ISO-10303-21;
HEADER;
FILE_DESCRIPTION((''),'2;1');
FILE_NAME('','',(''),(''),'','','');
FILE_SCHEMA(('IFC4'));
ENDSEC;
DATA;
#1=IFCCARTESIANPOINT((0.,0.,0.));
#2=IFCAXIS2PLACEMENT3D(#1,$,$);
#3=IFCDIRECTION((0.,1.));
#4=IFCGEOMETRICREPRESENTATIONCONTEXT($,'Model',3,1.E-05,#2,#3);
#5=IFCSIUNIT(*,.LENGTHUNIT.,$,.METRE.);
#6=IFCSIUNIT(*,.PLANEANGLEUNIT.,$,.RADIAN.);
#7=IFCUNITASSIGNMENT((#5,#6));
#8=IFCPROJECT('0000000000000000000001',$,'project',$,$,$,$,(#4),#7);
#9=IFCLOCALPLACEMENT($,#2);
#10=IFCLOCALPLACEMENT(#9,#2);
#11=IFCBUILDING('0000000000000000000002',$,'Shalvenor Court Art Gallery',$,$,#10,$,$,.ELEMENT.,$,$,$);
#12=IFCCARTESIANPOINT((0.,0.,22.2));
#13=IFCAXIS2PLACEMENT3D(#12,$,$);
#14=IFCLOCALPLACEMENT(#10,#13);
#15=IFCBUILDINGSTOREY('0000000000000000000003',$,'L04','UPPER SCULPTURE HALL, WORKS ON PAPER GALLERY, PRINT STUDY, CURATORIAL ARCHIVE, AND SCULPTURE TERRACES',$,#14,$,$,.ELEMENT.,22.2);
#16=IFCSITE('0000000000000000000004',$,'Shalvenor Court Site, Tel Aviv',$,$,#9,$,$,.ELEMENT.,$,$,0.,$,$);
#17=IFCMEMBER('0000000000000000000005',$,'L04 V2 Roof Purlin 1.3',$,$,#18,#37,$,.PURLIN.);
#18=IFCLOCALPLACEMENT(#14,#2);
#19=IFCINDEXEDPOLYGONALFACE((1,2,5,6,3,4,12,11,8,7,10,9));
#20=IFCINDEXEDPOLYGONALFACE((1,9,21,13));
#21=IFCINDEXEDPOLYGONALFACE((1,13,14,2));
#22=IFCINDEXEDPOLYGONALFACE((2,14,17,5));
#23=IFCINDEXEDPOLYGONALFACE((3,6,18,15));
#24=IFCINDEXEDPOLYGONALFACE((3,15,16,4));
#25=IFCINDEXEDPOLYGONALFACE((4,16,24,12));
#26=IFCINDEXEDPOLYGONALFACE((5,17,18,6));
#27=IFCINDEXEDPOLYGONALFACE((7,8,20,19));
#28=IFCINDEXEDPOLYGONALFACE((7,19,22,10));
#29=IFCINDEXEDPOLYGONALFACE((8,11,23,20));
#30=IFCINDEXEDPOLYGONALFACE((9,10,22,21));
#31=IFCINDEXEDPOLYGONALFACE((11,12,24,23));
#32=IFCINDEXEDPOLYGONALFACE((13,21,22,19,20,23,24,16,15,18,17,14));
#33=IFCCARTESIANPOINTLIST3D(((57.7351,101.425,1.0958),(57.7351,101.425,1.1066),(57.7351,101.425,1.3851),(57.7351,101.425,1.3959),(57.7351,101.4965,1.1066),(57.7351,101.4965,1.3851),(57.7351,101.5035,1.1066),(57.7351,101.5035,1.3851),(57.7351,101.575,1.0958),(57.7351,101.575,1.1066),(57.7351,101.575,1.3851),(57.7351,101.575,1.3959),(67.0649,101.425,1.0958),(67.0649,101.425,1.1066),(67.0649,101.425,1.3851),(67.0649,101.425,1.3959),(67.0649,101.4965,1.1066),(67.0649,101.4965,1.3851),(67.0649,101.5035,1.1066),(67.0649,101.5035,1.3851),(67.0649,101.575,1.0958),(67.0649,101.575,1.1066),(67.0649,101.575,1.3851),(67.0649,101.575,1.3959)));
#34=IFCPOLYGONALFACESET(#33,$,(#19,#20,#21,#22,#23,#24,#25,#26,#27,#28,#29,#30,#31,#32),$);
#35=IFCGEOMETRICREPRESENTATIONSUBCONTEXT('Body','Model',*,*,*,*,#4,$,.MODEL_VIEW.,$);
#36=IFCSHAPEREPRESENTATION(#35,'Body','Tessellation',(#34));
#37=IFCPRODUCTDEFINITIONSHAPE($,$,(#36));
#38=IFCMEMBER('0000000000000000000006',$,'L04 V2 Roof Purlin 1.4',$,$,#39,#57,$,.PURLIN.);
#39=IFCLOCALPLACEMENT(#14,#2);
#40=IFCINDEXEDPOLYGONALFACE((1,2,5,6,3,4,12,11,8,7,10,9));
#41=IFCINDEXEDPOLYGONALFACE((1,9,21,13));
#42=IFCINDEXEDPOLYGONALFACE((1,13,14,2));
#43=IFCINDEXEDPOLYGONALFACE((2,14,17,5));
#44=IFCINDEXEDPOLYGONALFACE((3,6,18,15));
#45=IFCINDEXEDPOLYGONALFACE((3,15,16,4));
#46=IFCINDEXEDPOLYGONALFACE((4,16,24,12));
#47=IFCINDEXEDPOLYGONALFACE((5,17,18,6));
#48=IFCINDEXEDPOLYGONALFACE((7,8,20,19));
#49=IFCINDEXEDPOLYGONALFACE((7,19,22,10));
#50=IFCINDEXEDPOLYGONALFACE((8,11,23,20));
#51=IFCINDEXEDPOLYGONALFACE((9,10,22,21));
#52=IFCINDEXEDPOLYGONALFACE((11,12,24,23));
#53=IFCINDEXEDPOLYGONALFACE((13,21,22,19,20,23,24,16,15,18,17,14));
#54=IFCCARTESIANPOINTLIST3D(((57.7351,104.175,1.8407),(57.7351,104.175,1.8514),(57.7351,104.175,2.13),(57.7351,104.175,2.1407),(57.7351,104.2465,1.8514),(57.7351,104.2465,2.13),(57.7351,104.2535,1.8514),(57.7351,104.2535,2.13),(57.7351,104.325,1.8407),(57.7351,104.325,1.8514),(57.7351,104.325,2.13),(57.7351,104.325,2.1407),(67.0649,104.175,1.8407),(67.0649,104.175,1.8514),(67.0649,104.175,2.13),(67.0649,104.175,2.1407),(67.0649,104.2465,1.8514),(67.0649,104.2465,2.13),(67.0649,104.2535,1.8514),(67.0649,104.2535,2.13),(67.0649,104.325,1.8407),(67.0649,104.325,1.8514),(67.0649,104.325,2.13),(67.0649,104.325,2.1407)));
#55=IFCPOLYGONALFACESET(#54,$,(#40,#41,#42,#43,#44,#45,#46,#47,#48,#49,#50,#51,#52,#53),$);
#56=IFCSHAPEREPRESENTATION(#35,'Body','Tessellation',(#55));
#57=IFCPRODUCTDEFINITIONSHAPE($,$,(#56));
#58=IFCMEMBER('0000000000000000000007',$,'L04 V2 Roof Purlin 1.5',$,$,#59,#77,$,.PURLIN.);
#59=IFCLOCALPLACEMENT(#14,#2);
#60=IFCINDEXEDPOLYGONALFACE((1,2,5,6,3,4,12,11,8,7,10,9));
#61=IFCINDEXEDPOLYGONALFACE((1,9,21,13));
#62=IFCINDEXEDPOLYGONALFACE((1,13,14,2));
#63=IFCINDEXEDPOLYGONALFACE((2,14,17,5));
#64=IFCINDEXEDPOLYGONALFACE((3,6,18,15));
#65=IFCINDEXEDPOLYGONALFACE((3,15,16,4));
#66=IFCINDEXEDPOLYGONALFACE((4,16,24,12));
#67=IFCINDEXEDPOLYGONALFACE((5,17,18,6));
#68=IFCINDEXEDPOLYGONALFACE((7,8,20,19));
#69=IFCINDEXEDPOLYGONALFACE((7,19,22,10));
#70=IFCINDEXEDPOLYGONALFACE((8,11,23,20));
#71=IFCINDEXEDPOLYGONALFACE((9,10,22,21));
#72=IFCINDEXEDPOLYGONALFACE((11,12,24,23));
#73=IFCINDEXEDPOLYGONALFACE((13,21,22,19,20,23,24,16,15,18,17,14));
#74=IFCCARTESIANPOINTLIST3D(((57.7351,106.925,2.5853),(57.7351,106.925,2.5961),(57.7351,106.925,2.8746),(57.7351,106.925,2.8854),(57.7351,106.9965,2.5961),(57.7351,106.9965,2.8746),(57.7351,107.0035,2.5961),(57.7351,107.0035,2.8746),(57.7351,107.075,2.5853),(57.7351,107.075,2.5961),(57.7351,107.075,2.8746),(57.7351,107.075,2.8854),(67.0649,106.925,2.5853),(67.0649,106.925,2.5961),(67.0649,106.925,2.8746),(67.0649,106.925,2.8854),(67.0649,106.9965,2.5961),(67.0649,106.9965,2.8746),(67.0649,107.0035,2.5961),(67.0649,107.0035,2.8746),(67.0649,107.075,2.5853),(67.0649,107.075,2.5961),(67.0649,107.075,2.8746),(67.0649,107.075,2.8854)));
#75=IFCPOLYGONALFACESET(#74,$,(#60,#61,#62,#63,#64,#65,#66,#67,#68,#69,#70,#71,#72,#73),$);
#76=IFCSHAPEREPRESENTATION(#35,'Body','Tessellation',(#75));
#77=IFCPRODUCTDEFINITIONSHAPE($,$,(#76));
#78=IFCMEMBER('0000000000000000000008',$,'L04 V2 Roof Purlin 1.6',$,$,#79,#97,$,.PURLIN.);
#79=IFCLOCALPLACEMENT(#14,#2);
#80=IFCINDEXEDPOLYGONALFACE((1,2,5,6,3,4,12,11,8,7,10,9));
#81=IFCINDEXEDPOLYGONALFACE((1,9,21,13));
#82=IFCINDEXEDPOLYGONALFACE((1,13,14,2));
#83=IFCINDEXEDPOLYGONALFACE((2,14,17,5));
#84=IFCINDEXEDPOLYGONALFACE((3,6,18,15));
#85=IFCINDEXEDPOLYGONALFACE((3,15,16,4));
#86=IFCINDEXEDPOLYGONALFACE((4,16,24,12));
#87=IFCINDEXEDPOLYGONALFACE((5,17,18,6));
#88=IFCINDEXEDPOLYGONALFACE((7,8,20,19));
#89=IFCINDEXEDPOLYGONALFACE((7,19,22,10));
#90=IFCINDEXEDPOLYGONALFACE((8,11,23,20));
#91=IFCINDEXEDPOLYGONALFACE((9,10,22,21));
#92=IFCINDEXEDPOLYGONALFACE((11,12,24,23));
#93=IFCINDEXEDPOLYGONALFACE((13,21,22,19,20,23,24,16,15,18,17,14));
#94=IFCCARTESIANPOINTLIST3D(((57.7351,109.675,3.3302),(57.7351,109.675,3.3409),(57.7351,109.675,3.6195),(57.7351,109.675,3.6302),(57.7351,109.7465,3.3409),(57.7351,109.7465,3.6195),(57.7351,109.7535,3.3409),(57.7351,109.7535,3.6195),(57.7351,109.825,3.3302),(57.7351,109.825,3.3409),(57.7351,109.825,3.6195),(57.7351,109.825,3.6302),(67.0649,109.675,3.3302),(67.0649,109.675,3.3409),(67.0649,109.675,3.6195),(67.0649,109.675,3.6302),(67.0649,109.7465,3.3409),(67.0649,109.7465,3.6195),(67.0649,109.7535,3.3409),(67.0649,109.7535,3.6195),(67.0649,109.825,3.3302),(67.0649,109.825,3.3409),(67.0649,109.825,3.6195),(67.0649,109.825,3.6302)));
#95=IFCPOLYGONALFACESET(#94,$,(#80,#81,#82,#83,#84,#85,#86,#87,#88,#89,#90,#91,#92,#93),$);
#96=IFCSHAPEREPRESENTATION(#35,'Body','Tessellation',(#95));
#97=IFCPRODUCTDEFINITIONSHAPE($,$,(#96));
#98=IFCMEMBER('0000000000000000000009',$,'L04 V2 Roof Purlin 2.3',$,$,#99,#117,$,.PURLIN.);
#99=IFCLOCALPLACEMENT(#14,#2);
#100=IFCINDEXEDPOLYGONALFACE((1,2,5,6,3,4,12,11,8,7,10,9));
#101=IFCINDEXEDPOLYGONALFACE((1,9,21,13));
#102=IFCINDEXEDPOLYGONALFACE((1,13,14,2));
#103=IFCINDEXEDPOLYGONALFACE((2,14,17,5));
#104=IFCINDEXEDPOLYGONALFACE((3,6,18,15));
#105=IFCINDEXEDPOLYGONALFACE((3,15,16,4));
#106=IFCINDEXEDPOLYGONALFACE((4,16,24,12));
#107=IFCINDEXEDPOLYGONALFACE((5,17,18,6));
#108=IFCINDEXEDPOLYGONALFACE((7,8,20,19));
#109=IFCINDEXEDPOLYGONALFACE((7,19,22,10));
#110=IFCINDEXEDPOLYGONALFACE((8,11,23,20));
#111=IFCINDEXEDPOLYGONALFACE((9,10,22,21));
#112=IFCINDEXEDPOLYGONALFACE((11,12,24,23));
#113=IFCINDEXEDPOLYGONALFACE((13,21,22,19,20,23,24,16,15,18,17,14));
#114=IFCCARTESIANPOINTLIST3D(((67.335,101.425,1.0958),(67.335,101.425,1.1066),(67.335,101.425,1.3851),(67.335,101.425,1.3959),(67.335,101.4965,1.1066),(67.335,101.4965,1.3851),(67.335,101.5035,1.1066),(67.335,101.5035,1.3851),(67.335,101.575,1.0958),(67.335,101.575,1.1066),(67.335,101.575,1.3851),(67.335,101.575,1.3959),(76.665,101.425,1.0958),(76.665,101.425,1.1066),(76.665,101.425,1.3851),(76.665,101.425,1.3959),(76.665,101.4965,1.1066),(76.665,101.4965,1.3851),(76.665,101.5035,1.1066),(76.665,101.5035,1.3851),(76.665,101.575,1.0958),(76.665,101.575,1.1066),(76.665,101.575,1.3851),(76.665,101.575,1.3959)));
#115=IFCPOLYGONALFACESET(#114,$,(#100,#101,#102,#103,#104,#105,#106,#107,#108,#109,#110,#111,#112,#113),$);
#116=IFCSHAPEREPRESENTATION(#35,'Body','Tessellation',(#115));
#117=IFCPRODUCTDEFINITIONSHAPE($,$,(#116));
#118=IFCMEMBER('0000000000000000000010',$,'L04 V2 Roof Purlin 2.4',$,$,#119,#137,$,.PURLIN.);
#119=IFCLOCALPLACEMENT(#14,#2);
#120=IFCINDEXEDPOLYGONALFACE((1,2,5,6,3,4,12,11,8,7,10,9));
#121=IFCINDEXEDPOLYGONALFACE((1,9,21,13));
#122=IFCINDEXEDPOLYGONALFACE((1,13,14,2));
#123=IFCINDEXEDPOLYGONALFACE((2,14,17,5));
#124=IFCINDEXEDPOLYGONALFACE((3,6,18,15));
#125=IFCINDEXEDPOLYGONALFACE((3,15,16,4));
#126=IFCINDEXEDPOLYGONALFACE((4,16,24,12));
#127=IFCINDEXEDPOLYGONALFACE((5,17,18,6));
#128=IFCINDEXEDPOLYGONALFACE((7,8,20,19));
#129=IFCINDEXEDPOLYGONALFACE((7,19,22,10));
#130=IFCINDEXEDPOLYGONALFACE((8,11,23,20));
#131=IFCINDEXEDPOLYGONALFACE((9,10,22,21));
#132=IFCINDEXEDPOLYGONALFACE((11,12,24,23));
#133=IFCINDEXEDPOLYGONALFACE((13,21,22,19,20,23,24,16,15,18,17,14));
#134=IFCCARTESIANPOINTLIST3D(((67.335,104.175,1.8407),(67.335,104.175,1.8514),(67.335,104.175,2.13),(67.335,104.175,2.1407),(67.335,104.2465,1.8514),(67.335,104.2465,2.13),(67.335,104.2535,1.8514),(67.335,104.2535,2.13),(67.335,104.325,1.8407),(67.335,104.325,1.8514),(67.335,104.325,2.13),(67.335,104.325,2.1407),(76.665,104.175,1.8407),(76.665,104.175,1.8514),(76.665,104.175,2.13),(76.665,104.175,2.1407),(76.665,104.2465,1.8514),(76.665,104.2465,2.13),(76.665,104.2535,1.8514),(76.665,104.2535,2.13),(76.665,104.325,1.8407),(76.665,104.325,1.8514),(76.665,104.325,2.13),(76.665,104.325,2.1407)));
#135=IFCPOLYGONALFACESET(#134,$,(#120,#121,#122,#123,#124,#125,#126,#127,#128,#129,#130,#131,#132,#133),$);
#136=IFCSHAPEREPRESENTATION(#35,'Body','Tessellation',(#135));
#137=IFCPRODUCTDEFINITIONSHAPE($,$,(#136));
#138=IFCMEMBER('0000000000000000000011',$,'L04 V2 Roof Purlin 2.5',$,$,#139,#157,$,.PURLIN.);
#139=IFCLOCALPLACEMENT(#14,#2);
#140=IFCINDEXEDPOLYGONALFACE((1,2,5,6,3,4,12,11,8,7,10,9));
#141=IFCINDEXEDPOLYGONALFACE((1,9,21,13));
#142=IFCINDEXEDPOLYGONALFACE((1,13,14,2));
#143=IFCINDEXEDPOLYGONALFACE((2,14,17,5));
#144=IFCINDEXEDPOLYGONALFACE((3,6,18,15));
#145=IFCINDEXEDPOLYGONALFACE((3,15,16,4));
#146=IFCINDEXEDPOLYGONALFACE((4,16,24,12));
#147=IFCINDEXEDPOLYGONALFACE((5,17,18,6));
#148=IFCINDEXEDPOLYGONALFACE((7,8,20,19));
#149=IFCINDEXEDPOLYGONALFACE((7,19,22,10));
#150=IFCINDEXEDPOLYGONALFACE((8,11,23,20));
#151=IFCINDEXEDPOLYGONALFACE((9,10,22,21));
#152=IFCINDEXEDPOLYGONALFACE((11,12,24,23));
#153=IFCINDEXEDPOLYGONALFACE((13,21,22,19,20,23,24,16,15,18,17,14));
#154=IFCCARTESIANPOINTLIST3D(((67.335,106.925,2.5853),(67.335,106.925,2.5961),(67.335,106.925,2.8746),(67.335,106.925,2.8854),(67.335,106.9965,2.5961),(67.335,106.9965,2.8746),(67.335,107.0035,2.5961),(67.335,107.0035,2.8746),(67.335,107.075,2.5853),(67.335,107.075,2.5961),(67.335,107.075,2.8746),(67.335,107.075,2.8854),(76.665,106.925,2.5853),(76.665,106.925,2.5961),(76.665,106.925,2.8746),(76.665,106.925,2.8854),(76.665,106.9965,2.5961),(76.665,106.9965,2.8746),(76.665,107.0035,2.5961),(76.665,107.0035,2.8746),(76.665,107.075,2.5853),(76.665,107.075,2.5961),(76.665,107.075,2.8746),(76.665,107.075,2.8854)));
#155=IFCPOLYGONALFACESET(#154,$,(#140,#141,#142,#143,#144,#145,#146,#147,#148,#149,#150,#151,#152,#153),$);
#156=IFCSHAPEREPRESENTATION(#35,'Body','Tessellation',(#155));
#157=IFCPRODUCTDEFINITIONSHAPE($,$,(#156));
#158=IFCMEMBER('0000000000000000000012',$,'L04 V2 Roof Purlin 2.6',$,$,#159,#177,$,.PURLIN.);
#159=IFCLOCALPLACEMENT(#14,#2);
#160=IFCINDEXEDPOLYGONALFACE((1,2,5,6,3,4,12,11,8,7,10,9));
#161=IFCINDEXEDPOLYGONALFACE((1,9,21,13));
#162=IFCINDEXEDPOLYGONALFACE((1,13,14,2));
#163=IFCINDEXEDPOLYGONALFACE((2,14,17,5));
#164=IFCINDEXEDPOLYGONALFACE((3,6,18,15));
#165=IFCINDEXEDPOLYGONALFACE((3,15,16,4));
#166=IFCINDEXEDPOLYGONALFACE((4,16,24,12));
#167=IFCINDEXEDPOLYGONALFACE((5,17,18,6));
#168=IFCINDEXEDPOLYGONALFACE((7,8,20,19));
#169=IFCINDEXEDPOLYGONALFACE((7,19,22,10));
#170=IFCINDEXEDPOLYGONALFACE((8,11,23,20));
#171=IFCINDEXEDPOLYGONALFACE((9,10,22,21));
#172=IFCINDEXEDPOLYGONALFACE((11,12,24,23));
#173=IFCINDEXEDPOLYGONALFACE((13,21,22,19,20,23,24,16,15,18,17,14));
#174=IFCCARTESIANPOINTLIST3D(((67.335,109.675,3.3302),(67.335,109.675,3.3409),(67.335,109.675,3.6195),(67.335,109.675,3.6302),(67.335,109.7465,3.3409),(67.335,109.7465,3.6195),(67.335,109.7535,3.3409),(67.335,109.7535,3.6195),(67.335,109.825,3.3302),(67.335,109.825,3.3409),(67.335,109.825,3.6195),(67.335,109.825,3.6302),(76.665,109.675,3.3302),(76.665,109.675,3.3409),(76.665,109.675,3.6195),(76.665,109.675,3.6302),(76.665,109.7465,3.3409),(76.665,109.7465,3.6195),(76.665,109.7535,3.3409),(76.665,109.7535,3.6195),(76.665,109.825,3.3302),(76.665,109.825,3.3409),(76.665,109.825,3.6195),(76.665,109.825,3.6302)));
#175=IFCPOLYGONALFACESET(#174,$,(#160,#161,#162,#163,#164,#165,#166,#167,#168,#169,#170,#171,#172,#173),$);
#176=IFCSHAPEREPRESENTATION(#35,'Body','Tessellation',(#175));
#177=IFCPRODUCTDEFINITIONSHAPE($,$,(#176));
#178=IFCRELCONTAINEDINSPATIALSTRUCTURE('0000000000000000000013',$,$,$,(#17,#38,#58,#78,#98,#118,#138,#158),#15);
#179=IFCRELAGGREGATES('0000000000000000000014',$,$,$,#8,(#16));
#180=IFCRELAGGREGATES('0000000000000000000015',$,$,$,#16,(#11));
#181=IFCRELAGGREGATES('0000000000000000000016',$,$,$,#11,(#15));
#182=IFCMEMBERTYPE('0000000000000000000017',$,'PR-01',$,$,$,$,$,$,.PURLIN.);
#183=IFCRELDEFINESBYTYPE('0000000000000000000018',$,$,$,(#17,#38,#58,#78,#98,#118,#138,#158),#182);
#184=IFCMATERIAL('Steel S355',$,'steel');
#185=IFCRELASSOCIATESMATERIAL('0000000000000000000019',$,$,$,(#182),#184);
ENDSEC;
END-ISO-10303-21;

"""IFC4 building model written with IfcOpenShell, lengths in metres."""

from ifc_helpers import new_model, si_unit, direction, frame, origin, origin_2d, place, context, subcontext, project, spatial, i_section, extrude, material, material_profile, profile_set, type_object, element, save


model = new_model("IFC4")

# Units and contexts
model_context = context("Model", 3, precision=1e-05, world=origin(), true_north=direction((0.0, 1.0)))
body_context = subcontext(model_context, "Body", "Model", "MODEL_VIEW")
ifc_project = project(units=[si_unit("LENGTHUNIT", "METRE"), si_unit("PLANEANGLEUNIT", "RADIAN")], contexts=[model_context])

# Site, building, storey
site_placement = place(None, origin())
site = spatial("IfcSite", under=ifc_project, at=site_placement, Name="Shalvenor Court Site, Tel Aviv", CompositionType="ELEMENT", RefElevation=0.0)
building_placement = place(site_placement, origin())
building = spatial("IfcBuilding", under=site, at=building_placement, Name="Shalvenor Court Art Gallery", CompositionType="ELEMENT")
storey_placement = place(building_placement, frame((0.0, 0.0, 22.2)))
storey = spatial("IfcBuildingStorey", under=building, at=storey_placement, Name="L04", Description="UPPER SCULPTURE HALL, WORKS ON PAPER GALLERY, PRINT STUDY, CURATORIAL ARCHIVE, AND SCULPTURE TERRACES", CompositionType="ELEMENT", Elevation=22.2)

# Members
ifc_material_1 = material(Name="Steel S355", Category="steel")
ifc_material_profile_1 = material_profile(ifc_material_1, i_section(OverallWidth=0.1499, OverallDepth=0.3, WebThickness=0.0071, FlangeThickness=0.0107, at=origin_2d()), Name="IPE 300")
ifc_profile_set_1 = profile_set([ifc_material_profile_1], Name="Steel S355")
member_type_1 = type_object("IfcMemberType", Name="PR-01", PredefinedType="PURLIN", material=ifc_profile_set_1)
for number, where, z_axis, x_axis, name in (
    (1, (57.7351, 101.5, 1.2458), (1.0, 0.0, 0.0), (0.0, 1.0, 0.0), "L04 V2 Roof Purlin 1.3"),
    (2, (57.7351, 104.25, 1.9907), (1.0, 0.0, 0.0), (0.0, 1.0, 0.0), "L04 V2 Roof Purlin 1.4"),
    (3, (57.7351, 107.0, 2.7354), (1.0, 0.0, 0.0), (0.0, 1.0, 0.0), "L04 V2 Roof Purlin 1.5"),
    (4, (57.7351, 109.75, 3.4802), (1.0, 0.0, 0.0), (0.0, 1.0, 0.0), "L04 V2 Roof Purlin 1.6"),
):
    element("IfcMember", number, at=place(storey_placement, frame(where, z_axis=z_axis, x_axis=x_axis)), inside=storey, type_object=member_type_1, Name=name, PredefinedType="PURLIN", context=body_context, shape_type="SweptSolid", body=[
        extrude(i_section(OverallWidth=0.1499, OverallDepth=0.3, WebThickness=0.0071, FlangeThickness=0.0107, at=origin_2d()), origin(), (0.0, 0.0, 1.0), 9.3298),
    ])
for number, where, z_axis, x_axis, name in (
    (5, (67.335, 101.5, 1.2458), (1.0, 0.0, 0.0), (0.0, 1.0, 0.0), "L04 V2 Roof Purlin 2.3"),
    (6, (67.335, 104.25, 1.9907), (1.0, 0.0, 0.0), (0.0, 1.0, 0.0), "L04 V2 Roof Purlin 2.4"),
    (7, (67.335, 107.0, 2.7354), (1.0, 0.0, 0.0), (0.0, 1.0, 0.0), "L04 V2 Roof Purlin 2.5"),
    (8, (67.335, 109.75, 3.4802), (1.0, 0.0, 0.0), (0.0, 1.0, 0.0), "L04 V2 Roof Purlin 2.6"),
):
    element("IfcMember", number, at=place(storey_placement, frame(where, z_axis=z_axis, x_axis=x_axis)), inside=storey, type_object=member_type_1, Name=name, PredefinedType="PURLIN", context=body_context, shape_type="SweptSolid", body=[
        extrude(i_section(OverallWidth=0.1499, OverallDepth=0.3, WebThickness=0.0071, FlangeThickness=0.0107, at=origin_2d()), origin(), (0.0, 0.0, 1.0), 9.3301),
    ])

save(model, "model.ifc")
